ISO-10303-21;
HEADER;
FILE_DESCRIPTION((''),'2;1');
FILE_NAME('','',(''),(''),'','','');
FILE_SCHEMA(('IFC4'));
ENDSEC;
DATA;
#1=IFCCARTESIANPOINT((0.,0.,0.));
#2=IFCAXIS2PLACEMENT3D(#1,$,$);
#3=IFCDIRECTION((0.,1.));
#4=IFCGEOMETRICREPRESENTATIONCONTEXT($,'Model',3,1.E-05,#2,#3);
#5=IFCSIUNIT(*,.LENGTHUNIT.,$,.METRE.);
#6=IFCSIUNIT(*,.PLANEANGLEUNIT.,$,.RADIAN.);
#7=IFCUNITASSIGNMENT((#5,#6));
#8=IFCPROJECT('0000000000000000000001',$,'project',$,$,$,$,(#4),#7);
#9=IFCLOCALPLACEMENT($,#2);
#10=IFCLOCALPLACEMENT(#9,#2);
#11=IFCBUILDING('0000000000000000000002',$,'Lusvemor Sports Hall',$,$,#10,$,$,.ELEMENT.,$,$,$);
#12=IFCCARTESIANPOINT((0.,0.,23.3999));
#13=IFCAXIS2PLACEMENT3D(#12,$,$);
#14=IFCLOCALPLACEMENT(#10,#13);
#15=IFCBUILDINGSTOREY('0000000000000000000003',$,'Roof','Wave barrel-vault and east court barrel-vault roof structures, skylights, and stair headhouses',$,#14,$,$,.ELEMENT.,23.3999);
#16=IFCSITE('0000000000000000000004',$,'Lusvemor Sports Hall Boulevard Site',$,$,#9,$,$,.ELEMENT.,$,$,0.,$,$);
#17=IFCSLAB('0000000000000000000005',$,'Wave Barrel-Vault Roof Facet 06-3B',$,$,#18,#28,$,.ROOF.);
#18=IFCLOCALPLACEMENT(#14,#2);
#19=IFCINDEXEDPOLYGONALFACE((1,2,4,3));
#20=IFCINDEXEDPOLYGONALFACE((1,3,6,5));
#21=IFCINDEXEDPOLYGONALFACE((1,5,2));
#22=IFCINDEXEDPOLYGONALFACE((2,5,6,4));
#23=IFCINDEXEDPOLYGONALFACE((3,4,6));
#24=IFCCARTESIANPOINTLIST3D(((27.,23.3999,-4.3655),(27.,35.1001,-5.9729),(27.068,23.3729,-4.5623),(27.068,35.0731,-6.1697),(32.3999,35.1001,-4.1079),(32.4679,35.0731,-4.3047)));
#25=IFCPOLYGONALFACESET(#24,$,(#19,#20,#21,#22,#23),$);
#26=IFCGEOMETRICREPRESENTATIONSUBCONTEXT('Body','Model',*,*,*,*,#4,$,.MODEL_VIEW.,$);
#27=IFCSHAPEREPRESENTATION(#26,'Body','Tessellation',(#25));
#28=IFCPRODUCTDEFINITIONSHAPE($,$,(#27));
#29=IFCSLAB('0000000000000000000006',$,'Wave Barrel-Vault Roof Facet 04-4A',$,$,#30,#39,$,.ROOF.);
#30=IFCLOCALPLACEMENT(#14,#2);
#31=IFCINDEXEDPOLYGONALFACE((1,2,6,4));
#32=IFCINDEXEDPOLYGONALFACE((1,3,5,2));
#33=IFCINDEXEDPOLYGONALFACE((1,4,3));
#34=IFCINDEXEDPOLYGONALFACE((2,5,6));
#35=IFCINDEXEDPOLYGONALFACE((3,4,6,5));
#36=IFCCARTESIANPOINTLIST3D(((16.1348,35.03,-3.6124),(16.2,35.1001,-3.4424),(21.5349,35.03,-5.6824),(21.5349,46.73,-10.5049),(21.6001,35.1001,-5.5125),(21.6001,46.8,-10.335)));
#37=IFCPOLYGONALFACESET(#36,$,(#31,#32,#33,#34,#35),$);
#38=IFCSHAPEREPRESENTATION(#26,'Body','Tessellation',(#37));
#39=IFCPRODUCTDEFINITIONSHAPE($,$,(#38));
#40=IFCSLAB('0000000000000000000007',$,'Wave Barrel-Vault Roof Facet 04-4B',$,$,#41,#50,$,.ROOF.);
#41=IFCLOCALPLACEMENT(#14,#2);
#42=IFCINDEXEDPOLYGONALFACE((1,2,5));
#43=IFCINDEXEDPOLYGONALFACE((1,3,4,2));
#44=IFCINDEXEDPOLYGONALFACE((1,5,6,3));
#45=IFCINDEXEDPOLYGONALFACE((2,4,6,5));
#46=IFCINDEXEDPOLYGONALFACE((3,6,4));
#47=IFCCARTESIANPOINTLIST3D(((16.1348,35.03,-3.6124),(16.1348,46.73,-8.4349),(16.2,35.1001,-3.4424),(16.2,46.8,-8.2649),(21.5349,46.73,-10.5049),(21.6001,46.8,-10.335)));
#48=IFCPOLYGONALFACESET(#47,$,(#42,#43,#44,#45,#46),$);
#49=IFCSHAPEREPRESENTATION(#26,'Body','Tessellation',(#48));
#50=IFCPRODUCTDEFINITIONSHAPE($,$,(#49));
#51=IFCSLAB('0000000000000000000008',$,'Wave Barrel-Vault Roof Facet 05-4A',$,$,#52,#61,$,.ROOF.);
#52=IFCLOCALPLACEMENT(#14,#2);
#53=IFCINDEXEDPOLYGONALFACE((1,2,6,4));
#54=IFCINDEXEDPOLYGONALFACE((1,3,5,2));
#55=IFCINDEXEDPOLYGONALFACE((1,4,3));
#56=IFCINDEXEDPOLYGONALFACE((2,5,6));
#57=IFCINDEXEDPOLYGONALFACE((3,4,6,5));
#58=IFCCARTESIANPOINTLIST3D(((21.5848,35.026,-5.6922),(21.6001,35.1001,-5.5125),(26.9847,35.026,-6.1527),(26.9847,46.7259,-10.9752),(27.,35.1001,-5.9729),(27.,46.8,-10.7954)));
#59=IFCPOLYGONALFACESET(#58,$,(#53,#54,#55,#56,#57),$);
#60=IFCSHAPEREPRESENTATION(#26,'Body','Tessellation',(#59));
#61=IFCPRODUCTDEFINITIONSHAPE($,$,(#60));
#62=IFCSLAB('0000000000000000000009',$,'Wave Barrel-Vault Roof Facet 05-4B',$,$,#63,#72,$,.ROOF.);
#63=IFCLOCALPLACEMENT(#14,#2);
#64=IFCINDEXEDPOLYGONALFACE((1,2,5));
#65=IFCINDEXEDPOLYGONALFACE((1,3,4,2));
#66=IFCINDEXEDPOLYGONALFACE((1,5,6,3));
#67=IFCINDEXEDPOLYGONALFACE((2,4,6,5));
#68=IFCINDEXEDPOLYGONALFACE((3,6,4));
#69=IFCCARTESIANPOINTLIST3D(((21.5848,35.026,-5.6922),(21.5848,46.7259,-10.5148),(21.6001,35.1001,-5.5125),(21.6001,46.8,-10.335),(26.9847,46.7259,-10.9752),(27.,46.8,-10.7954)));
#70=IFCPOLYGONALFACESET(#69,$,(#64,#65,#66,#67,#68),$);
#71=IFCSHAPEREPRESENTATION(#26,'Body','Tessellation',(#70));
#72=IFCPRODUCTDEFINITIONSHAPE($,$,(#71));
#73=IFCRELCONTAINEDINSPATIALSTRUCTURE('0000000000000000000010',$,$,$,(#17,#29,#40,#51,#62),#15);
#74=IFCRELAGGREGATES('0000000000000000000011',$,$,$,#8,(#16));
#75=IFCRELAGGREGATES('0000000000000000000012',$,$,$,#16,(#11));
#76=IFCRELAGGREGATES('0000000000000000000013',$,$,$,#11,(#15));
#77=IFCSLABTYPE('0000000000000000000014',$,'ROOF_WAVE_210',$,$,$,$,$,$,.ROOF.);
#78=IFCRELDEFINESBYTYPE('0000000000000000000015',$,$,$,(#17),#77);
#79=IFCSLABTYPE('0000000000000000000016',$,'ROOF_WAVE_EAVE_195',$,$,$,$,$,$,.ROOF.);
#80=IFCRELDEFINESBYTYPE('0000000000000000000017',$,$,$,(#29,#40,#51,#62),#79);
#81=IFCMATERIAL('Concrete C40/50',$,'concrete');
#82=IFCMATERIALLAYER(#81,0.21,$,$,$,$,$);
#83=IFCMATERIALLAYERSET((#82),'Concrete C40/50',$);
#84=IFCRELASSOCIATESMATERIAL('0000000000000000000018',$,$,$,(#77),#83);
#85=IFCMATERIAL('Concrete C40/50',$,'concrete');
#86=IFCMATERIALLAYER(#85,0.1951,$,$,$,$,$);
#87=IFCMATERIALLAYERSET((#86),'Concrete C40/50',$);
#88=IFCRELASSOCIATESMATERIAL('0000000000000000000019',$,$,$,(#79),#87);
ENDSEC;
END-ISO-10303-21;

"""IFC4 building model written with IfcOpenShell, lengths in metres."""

from ifc_helpers import new_model, si_unit, direction, frame, origin, place, context, subcontext, project, spatial, polyline, outline, extrude, material, layer, layer_set, type_object, element, save


model = new_model("IFC4")

# Units and contexts
model_context = context("Model", 3, precision=1e-05, world=origin(), true_north=direction((0.0, 1.0)))
body_context = subcontext(model_context, "Body", "Model", "MODEL_VIEW")
ifc_project = project(units=[si_unit("LENGTHUNIT", "METRE"), si_unit("PLANEANGLEUNIT", "RADIAN")], contexts=[model_context])

# Site, building, storey
site_placement = place(None, origin())
site = spatial("IfcSite", under=ifc_project, at=site_placement, Name="Lusvemor Sports Hall Boulevard Site", CompositionType="ELEMENT", RefElevation=0.0)
building_placement = place(site_placement, origin())
building = spatial("IfcBuilding", under=site, at=building_placement, Name="Lusvemor Sports Hall", CompositionType="ELEMENT")
storey_placement = place(building_placement, frame((0.0, 0.0, 23.3999)))
storey = spatial("IfcBuildingStorey", under=building, at=storey_placement, Name="Roof", Description="Wave barrel-vault and east court barrel-vault roof structures, skylights, and stair headhouses", CompositionType="ELEMENT", Elevation=23.3999)

# Slabs
ifc_material_1 = material(Name="Concrete C40/50", Category="concrete")
ifc_layer_1 = layer(ifc_material_1, 0.21)
ifc_layer_set_1 = layer_set([ifc_layer_1], Name="Concrete C40/50")
slab_type_1 = type_object("IfcSlabType", Name="ROOF_WAVE_210", PredefinedType="ROOF", material=ifc_layer_set_1)
slab_1_placement = place(storey_placement, frame((27.0, 23.3999, -4.3655), z_axis=(-0.323735, 0.128776, 0.937343), x_axis=(0.418962, 0.907784, 0.019984)))
element("IfcSlab", 1, at=slab_1_placement, inside=storey, type_object=slab_type_1, Name="Wave Barrel-Vault Roof Facet 06-3B", PredefinedType="ROOF", context=body_context, shape_type="SweptSolid", body=[
    extrude(outline(polyline([(0.0, 0.0), (12.8887, 0.0), (10.5891, 5.2296), (0.0, 0.0)])), origin(), (0.0, 0.0, -1.0), 0.21),
])
ifc_material_2 = material(Name="Concrete C40/50", Category="concrete")
ifc_layer_2 = layer(ifc_material_2, 0.1951)
ifc_layer_set_2 = layer_set([ifc_layer_2], Name="Concrete C40/50")
slab_type_2 = type_object("IfcSlabType", Name="ROOF_WAVE_EAVE_195", PredefinedType="ROOF", material=ifc_layer_set_2)
slab_2_placement = place(storey_placement, frame((16.2, 35.1001, -3.4424), z_axis=(0.334051, 0.359189, 0.871432), x_axis=(0.933745, 0.0, -0.357938)))
element("IfcSlab", 2, at=slab_2_placement, inside=storey, type_object=slab_type_2, Name="Wave Barrel-Vault Roof Facet 04-4A", PredefinedType="ROOF", context=body_context, shape_type="SweptSolid", body=[
    extrude(outline(polyline([(0.0, 0.0), (5.7833, 0.0), (7.5095, 12.5366), (0.0, 0.0)])), origin(), (0.0, 0.0, -1.0), 0.1951),
])
slab_3_placement = place(storey_placement, frame((16.2, 35.1001, -3.4424), z_axis=(0.334051, 0.359189, 0.871432), x_axis=(0.369528, 0.800619, -0.471654)))
element("IfcSlab", 3, at=slab_3_placement, inside=storey, type_object=slab_type_2, Name="Wave Barrel-Vault Roof Facet 04-4B", PredefinedType="ROOF", context=body_context, shape_type="SweptSolid", body=[
    extrude(outline(polyline([(0.0, 0.0), (14.6136, 0.0), (11.6418, 4.9613), (0.0, 0.0)])), origin(), (0.0, 0.0, -1.0), 0.1951),
])
slab_4_placement = place(storey_placement, frame((21.6001, 35.1001, -5.5125), z_axis=(0.078592, 0.379901, 0.921682), x_axis=(0.996384, 0.0, -0.084962)))
element("IfcSlab", 4, at=slab_4_placement, inside=storey, type_object=slab_type_2, Name="Wave Barrel-Vault Roof Facet 05-4A", PredefinedType="ROOF", context=body_context, shape_type="SweptSolid", body=[
    extrude(outline(polyline([(0.0, 0.0), (5.4195, 0.0), (5.8292, 12.6482), (0.0, 0.0)])), origin(), (0.0, 0.0, -1.0), 0.1951),
])
slab_5_placement = place(storey_placement, frame((21.6001, 35.1001, -5.5125), z_axis=(0.078592, 0.379901, 0.921682), x_axis=(0.387733, 0.8401, -0.379336)))
element("IfcSlab", 5, at=slab_5_placement, inside=storey, type_object=slab_type_2, Name="Wave Barrel-Vault Roof Facet 05-4B", PredefinedType="ROOF", context=body_context, shape_type="SweptSolid", body=[
    extrude(outline(polyline([(0.0, 0.0), (13.9269, 0.0), (11.6585, 4.9219), (0.0, 0.0)])), origin(), (0.0, 0.0, -1.0), 0.1951),
])

save(model, "model.ifc")
